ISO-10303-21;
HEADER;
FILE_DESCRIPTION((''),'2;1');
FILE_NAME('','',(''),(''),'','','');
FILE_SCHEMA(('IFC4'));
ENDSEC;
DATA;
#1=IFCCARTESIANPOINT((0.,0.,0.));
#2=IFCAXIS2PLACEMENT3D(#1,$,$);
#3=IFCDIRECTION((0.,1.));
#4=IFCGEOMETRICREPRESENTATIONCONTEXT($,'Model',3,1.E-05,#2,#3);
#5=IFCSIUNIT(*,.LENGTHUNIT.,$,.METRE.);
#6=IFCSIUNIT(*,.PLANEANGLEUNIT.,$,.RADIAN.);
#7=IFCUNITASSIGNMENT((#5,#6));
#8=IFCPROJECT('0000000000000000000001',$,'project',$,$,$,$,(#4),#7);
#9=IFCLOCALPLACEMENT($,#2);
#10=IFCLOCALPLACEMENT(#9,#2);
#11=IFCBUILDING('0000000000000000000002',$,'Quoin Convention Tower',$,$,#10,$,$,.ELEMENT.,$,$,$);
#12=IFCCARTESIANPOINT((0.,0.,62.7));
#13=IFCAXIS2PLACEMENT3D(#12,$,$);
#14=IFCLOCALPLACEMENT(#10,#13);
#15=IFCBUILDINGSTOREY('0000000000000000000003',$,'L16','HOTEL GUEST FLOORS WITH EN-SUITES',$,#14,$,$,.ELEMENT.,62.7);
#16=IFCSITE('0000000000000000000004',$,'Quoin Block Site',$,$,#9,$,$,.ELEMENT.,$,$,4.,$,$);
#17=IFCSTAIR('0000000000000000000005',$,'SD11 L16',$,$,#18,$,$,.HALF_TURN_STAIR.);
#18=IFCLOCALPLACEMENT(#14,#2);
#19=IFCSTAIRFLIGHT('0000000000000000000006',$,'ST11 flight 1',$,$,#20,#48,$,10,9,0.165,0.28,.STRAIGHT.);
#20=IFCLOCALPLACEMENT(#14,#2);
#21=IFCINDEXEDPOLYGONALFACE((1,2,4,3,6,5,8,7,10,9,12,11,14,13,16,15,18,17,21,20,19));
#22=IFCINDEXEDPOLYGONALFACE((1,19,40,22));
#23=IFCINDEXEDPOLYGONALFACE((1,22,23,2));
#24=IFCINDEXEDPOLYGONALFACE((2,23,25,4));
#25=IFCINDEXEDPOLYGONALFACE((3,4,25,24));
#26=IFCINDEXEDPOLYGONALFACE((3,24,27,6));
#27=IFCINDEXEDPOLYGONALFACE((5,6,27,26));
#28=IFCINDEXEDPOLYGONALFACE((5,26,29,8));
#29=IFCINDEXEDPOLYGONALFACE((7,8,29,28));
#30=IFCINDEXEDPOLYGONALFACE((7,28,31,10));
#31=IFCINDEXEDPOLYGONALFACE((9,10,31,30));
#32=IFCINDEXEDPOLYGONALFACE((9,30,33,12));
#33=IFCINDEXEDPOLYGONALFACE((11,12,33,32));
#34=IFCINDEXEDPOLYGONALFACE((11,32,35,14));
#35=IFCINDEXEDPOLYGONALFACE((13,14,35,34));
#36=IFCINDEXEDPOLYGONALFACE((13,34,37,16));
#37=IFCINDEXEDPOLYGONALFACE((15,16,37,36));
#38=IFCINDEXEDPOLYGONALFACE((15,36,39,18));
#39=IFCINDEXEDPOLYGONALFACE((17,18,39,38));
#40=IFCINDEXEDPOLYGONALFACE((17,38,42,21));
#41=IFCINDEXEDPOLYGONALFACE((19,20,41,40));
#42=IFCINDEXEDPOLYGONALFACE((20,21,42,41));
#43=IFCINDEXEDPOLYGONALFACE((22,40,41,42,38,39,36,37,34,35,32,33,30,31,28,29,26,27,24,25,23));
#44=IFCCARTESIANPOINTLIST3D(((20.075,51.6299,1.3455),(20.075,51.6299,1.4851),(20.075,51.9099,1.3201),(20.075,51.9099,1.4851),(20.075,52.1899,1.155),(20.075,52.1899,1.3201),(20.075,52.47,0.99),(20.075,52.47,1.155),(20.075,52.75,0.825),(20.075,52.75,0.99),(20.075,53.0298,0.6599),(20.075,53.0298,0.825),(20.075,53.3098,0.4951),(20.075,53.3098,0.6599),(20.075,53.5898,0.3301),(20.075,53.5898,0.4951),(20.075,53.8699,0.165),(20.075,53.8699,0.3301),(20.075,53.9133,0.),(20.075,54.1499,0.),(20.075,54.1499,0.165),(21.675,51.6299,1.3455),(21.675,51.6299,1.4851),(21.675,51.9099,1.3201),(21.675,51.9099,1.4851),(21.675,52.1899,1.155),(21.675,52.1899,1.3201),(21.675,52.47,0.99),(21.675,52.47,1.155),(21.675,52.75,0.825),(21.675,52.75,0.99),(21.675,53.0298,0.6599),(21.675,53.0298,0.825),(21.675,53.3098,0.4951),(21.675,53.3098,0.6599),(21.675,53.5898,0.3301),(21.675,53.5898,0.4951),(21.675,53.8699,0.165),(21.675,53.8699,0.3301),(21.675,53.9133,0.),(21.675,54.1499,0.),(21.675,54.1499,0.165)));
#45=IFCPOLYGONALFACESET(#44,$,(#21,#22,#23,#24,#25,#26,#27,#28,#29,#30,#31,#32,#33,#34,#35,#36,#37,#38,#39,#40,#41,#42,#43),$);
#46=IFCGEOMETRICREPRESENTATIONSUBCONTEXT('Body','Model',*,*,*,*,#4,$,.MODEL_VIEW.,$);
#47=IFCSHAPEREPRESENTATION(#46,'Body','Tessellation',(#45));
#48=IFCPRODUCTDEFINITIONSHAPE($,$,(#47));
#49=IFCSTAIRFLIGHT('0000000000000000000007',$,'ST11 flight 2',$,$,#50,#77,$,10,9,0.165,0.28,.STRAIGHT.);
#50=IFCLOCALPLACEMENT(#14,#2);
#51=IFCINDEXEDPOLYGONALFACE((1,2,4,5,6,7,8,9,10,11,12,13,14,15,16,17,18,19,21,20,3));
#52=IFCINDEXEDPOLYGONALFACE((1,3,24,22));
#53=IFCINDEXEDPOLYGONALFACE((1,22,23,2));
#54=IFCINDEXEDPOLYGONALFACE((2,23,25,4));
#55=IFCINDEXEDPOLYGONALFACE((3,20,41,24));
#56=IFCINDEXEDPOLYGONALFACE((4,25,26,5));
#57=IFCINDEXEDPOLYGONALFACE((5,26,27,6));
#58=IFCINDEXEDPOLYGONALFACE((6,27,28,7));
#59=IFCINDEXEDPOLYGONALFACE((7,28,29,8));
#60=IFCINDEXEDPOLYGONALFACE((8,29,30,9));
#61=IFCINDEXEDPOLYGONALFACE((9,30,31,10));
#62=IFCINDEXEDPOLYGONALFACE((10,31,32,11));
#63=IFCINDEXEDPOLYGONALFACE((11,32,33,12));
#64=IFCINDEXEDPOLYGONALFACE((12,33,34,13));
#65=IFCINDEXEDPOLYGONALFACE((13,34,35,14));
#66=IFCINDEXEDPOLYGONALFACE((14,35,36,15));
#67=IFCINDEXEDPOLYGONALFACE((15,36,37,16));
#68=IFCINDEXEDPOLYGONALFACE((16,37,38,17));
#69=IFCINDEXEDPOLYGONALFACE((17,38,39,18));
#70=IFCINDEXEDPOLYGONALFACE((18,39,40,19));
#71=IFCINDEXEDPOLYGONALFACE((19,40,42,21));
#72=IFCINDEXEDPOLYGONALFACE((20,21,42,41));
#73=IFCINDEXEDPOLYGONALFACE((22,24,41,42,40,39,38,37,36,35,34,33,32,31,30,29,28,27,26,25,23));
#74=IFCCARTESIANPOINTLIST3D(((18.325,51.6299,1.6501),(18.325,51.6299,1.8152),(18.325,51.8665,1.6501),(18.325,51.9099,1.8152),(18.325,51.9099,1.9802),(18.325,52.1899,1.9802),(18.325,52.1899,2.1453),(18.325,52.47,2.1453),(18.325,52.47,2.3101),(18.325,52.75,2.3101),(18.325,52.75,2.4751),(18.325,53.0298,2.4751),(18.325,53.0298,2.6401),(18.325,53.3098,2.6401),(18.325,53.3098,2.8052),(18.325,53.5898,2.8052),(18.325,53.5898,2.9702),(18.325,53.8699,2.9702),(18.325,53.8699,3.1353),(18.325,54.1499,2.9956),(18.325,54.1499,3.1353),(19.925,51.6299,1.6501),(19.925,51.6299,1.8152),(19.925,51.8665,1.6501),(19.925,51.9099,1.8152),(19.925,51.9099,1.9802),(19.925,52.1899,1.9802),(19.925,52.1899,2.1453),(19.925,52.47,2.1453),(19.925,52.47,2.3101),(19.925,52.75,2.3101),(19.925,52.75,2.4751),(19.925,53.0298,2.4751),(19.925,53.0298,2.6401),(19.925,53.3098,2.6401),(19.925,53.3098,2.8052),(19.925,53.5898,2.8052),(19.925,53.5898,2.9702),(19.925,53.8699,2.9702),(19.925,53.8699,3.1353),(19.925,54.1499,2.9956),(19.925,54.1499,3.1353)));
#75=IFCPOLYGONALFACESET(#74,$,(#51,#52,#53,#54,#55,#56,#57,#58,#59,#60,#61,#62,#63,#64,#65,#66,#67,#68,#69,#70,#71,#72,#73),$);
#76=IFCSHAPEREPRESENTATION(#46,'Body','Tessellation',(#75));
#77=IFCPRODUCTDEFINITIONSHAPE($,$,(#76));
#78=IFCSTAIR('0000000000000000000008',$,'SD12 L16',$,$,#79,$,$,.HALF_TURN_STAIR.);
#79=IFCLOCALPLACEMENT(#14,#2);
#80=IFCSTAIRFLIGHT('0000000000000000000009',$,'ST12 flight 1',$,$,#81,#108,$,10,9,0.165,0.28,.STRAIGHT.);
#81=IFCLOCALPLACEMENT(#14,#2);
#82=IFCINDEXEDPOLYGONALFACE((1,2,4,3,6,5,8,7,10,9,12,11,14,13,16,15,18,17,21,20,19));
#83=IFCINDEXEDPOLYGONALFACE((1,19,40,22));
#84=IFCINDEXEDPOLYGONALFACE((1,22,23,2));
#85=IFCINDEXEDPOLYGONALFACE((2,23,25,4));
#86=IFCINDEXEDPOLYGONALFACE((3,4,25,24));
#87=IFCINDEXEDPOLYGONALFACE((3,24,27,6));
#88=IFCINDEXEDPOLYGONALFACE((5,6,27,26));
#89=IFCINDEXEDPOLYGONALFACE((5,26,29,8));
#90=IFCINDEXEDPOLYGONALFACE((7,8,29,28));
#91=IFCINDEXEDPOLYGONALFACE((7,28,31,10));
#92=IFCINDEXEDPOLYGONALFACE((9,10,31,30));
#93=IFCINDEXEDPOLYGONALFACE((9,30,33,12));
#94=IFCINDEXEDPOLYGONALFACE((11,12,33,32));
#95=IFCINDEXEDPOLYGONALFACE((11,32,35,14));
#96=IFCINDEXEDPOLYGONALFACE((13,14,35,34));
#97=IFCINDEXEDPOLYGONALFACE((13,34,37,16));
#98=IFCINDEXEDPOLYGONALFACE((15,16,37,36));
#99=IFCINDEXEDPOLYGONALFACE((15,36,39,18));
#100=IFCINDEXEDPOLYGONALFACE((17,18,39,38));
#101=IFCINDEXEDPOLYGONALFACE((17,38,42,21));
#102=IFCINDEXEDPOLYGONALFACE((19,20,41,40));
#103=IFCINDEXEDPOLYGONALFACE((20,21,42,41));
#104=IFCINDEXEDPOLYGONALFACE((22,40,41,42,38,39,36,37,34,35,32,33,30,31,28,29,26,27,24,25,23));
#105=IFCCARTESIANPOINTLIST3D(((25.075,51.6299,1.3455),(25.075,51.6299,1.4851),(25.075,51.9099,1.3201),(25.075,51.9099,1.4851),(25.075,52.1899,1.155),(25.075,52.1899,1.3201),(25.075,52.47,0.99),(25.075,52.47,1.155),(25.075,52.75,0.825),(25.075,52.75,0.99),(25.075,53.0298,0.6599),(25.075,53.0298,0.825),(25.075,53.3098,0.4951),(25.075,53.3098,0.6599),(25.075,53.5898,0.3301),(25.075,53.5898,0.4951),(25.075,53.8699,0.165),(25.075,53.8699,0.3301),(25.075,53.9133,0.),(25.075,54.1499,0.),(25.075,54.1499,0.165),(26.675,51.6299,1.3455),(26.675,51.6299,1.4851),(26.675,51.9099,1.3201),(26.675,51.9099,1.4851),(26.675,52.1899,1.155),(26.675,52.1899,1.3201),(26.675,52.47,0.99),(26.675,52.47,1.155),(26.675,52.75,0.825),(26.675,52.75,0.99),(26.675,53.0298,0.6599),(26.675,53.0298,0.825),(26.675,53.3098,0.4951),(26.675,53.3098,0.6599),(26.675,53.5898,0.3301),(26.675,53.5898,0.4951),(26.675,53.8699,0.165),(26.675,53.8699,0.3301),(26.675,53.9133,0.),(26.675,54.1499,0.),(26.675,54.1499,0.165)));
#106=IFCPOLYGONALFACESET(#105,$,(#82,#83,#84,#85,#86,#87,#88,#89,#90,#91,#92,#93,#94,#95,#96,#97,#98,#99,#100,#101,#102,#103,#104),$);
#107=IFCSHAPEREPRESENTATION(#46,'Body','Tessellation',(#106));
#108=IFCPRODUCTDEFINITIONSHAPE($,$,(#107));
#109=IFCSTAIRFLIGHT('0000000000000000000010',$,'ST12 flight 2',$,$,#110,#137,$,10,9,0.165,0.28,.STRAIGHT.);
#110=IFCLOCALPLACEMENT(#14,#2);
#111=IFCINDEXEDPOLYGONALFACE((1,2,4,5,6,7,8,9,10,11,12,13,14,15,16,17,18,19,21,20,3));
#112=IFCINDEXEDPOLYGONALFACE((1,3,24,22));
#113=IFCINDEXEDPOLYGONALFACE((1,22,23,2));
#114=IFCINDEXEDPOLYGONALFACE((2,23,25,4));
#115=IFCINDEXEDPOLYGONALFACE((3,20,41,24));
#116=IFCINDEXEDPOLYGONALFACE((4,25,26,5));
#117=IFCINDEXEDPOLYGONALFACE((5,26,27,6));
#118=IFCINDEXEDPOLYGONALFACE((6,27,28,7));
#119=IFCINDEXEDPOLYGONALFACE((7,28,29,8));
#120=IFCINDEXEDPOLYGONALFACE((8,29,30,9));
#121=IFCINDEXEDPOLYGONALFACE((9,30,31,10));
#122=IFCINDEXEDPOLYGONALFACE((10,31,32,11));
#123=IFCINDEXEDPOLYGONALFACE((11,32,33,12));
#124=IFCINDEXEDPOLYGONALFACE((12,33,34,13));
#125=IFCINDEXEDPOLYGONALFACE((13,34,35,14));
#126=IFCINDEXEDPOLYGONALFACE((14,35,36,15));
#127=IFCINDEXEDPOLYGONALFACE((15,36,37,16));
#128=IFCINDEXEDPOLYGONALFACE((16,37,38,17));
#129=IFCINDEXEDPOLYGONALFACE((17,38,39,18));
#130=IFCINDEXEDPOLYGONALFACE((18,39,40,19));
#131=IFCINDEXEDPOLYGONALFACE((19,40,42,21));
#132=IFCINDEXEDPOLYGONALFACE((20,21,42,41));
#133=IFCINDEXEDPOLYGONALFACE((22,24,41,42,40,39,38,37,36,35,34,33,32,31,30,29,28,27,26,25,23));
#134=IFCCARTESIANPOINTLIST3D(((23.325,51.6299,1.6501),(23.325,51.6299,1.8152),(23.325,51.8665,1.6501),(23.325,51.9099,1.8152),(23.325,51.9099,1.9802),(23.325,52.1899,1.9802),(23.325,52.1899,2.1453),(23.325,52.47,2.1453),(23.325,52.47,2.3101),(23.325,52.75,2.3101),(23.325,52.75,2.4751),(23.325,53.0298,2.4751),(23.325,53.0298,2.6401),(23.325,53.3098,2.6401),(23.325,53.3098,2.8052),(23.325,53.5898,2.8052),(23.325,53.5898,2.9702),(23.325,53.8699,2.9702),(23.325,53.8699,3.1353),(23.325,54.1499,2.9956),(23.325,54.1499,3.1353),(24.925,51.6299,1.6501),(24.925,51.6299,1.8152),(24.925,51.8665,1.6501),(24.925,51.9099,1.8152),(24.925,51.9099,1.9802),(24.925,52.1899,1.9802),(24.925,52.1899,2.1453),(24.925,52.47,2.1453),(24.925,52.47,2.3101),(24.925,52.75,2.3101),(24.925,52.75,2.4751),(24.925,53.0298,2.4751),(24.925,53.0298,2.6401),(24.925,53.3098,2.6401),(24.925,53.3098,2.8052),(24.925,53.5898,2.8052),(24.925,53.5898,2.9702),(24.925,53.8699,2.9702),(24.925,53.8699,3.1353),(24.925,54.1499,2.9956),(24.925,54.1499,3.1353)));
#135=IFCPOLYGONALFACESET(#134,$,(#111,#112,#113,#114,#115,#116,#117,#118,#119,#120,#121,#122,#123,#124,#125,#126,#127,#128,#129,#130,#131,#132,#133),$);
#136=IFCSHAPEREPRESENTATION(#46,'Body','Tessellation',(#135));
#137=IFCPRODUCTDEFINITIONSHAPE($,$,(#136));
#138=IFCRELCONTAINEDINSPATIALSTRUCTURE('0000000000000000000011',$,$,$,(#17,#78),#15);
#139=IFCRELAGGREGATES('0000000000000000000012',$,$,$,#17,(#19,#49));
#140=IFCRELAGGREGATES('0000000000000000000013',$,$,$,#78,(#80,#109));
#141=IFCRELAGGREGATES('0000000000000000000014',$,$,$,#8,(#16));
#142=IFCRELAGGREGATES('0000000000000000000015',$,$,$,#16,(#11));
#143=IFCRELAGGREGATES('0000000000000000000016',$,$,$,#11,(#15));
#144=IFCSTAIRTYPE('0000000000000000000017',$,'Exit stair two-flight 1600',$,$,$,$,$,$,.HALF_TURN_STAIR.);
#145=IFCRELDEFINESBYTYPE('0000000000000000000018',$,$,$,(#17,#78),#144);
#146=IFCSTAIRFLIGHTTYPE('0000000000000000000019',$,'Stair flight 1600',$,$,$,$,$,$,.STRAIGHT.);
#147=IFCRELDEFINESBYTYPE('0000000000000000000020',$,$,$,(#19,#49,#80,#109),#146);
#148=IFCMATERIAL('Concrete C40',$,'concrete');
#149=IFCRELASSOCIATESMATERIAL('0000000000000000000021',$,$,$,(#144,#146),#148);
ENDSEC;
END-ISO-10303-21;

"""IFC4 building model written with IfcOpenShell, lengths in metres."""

from ifc_helpers import new_model, si_unit, direction, frame, origin, place, context, subcontext, project, spatial, polyline, outline, extrude, material, type_object, element, aggregate, save


model = new_model("IFC4")

# Units and contexts
model_context = context("Model", 3, precision=1e-05, world=origin(), true_north=direction((0.0, 1.0)))
body_context = subcontext(model_context, "Body", "Model", "MODEL_VIEW")
ifc_project = project(units=[si_unit("LENGTHUNIT", "METRE"), si_unit("PLANEANGLEUNIT", "RADIAN")], contexts=[model_context])

# Site, building, storey
site_placement = place(None, origin())
site = spatial("IfcSite", under=ifc_project, at=site_placement, Name="Quoin Block Site", CompositionType="ELEMENT", RefElevation=4.0)
building_placement = place(site_placement, origin())
building = spatial("IfcBuilding", under=site, at=building_placement, Name="Quoin Convention Tower", CompositionType="ELEMENT")
storey_placement = place(building_placement, frame((0.0, 0.0, 62.7)))
storey = spatial("IfcBuildingStorey", under=building, at=storey_placement, Name="L16", Description="HOTEL GUEST FLOORS WITH EN-SUITES", CompositionType="ELEMENT", Elevation=62.7)

# Stairs, stair flights
ifc_material_1 = material(Name="Concrete C40", Category="concrete")
stair_type = type_object("IfcStairType", Name="Exit stair two-flight 1600", PredefinedType="HALF_TURN_STAIR", material=ifc_material_1)
stair_1_placement = place(storey_placement, origin())
stair_1 = element("IfcStair", 1, at=stair_1_placement, inside=storey, type_object=stair_type, Name="SD11 L16", PredefinedType="HALF_TURN_STAIR")
stair_flight_type = type_object("IfcStairFlightType", Name="Stair flight 1600", PredefinedType="STRAIGHT", material=ifc_material_1)
stair_flight_1_placement = place(storey_placement, frame((20.875, 54.1499, 0.0), z_axis=(0.0, 0.0, 1.0), x_axis=(0.0, -1.0, 0.0)))
stair_flight_1 = element("IfcStairFlight", 2, at=stair_flight_1_placement, type_object=stair_flight_type, Name="ST11 flight 1", NumberOfRisers=10, NumberOfTreads=9, PredefinedType="STRAIGHT", RiserHeight=0.165, TreadLength=0.28, context=body_context, shape_type="SweptSolid", body=[
    extrude(outline(polyline([(0.0, 0.0), (0.0, 0.165), (0.28, 0.165), (0.28, 0.3301), (0.5601, 0.3301), (0.5601, 0.4951), (0.8401, 0.4951), (0.8401, 0.6599), (1.1201, 0.6599), (1.1201, 0.825), (1.3999, 0.825), (1.3999, 0.99), (1.6799, 0.99), (1.6799, 1.155), (1.96, 1.155), (1.96, 1.3201), (2.24, 1.3201), (2.24, 1.4851), (2.52, 1.4851), (2.52, 1.6499), (2.52, 1.3455), (0.2366, 0.0), (0.0, 0.0)])), frame((0.0, 0.8, 0.0), z_axis=(0.0, -1.0, 0.0), x_axis=(1.0, 0.0, 0.0)), (0.0, 0.0, 1.0), 1.6001),
])
stair_flight_2_placement = place(storey_placement, frame((19.125, 51.6299, 1.6501), z_axis=(0.0, 0.0, 1.0), x_axis=(0.0, 1.0, 0.0)))
stair_flight_2 = element("IfcStairFlight", 3, at=stair_flight_2_placement, type_object=stair_flight_type, Name="ST11 flight 2", NumberOfRisers=10, NumberOfTreads=9, PredefinedType="STRAIGHT", RiserHeight=0.165, TreadLength=0.28, context=body_context, shape_type="SweptSolid", body=[
    extrude(outline(polyline([(0.0, 0.0), (0.0, 0.165), (0.28, 0.165), (0.28, 0.3301), (0.5601, 0.3301), (0.5601, 0.4951), (0.8401, 0.4951), (0.8401, 0.6599), (1.1201, 0.6599), (1.1201, 0.825), (1.3999, 0.825), (1.3999, 0.99), (1.6799, 0.99), (1.6799, 1.155), (1.96, 1.155), (1.96, 1.3201), (2.24, 1.3201), (2.24, 1.4851), (2.52, 1.4851), (2.52, 1.6499), (2.52, 1.3455), (0.2366, 0.0), (0.0, 0.0)])), frame((0.0, 0.8, 0.0), z_axis=(0.0, -1.0, 0.0), x_axis=(1.0, 0.0, 0.0)), (0.0, 0.0, 1.0), 1.6001),
])
aggregate(stair_1, [stair_flight_1, stair_flight_2])
stair_2_placement = place(storey_placement, origin())
stair_2 = element("IfcStair", 4, at=stair_2_placement, inside=storey, type_object=stair_type, Name="SD12 L16", PredefinedType="HALF_TURN_STAIR")
stair_flight_3_placement = place(storey_placement, frame((25.875, 54.1499, 0.0), z_axis=(0.0, 0.0, 1.0), x_axis=(0.0, -1.0, 0.0)))
stair_flight_3 = element("IfcStairFlight", 5, at=stair_flight_3_placement, type_object=stair_flight_type, Name="ST12 flight 1", NumberOfRisers=10, NumberOfTreads=9, PredefinedType="STRAIGHT", RiserHeight=0.165, TreadLength=0.28, context=body_context, shape_type="SweptSolid", body=[
    extrude(outline(polyline([(0.0, 0.0), (0.0, 0.165), (0.28, 0.165), (0.28, 0.3301), (0.5601, 0.3301), (0.5601, 0.4951), (0.8401, 0.4951), (0.8401, 0.6599), (1.1201, 0.6599), (1.1201, 0.825), (1.3999, 0.825), (1.3999, 0.99), (1.6799, 0.99), (1.6799, 1.155), (1.96, 1.155), (1.96, 1.3201), (2.24, 1.3201), (2.24, 1.4851), (2.52, 1.4851), (2.52, 1.6499), (2.52, 1.3455), (0.2366, 0.0), (0.0, 0.0)])), frame((0.0, 0.8, 0.0), z_axis=(0.0, -1.0, 0.0), x_axis=(1.0, 0.0, 0.0)), (0.0, 0.0, 1.0), 1.6001),
])
stair_flight_4_placement = place(storey_placement, frame((24.125, 51.6299, 1.6501), z_axis=(0.0, 0.0, 1.0), x_axis=(0.0, 1.0, 0.0)))
stair_flight_4 = element("IfcStairFlight", 6, at=stair_flight_4_placement, type_object=stair_flight_type, Name="ST12 flight 2", NumberOfRisers=10, NumberOfTreads=9, PredefinedType="STRAIGHT", RiserHeight=0.165, TreadLength=0.28, context=body_context, shape_type="SweptSolid", body=[
    extrude(outline(polyline([(0.0, 0.0), (0.0, 0.165), (0.28, 0.165), (0.28, 0.3301), (0.5601, 0.3301), (0.5601, 0.4951), (0.8401, 0.4951), (0.8401, 0.6599), (1.1201, 0.6599), (1.1201, 0.825), (1.3999, 0.825), (1.3999, 0.99), (1.6799, 0.99), (1.6799, 1.155), (1.96, 1.155), (1.96, 1.3201), (2.24, 1.3201), (2.24, 1.4851), (2.52, 1.4851), (2.52, 1.6499), (2.52, 1.3455), (0.2366, 0.0), (0.0, 0.0)])), frame((0.0, 0.8, 0.0), z_axis=(0.0, -1.0, 0.0), x_axis=(1.0, 0.0, 0.0)), (0.0, 0.0, 1.0), 1.6001),
])
aggregate(stair_2, [stair_flight_3, stair_flight_4])

save(model, "model.ifc")
